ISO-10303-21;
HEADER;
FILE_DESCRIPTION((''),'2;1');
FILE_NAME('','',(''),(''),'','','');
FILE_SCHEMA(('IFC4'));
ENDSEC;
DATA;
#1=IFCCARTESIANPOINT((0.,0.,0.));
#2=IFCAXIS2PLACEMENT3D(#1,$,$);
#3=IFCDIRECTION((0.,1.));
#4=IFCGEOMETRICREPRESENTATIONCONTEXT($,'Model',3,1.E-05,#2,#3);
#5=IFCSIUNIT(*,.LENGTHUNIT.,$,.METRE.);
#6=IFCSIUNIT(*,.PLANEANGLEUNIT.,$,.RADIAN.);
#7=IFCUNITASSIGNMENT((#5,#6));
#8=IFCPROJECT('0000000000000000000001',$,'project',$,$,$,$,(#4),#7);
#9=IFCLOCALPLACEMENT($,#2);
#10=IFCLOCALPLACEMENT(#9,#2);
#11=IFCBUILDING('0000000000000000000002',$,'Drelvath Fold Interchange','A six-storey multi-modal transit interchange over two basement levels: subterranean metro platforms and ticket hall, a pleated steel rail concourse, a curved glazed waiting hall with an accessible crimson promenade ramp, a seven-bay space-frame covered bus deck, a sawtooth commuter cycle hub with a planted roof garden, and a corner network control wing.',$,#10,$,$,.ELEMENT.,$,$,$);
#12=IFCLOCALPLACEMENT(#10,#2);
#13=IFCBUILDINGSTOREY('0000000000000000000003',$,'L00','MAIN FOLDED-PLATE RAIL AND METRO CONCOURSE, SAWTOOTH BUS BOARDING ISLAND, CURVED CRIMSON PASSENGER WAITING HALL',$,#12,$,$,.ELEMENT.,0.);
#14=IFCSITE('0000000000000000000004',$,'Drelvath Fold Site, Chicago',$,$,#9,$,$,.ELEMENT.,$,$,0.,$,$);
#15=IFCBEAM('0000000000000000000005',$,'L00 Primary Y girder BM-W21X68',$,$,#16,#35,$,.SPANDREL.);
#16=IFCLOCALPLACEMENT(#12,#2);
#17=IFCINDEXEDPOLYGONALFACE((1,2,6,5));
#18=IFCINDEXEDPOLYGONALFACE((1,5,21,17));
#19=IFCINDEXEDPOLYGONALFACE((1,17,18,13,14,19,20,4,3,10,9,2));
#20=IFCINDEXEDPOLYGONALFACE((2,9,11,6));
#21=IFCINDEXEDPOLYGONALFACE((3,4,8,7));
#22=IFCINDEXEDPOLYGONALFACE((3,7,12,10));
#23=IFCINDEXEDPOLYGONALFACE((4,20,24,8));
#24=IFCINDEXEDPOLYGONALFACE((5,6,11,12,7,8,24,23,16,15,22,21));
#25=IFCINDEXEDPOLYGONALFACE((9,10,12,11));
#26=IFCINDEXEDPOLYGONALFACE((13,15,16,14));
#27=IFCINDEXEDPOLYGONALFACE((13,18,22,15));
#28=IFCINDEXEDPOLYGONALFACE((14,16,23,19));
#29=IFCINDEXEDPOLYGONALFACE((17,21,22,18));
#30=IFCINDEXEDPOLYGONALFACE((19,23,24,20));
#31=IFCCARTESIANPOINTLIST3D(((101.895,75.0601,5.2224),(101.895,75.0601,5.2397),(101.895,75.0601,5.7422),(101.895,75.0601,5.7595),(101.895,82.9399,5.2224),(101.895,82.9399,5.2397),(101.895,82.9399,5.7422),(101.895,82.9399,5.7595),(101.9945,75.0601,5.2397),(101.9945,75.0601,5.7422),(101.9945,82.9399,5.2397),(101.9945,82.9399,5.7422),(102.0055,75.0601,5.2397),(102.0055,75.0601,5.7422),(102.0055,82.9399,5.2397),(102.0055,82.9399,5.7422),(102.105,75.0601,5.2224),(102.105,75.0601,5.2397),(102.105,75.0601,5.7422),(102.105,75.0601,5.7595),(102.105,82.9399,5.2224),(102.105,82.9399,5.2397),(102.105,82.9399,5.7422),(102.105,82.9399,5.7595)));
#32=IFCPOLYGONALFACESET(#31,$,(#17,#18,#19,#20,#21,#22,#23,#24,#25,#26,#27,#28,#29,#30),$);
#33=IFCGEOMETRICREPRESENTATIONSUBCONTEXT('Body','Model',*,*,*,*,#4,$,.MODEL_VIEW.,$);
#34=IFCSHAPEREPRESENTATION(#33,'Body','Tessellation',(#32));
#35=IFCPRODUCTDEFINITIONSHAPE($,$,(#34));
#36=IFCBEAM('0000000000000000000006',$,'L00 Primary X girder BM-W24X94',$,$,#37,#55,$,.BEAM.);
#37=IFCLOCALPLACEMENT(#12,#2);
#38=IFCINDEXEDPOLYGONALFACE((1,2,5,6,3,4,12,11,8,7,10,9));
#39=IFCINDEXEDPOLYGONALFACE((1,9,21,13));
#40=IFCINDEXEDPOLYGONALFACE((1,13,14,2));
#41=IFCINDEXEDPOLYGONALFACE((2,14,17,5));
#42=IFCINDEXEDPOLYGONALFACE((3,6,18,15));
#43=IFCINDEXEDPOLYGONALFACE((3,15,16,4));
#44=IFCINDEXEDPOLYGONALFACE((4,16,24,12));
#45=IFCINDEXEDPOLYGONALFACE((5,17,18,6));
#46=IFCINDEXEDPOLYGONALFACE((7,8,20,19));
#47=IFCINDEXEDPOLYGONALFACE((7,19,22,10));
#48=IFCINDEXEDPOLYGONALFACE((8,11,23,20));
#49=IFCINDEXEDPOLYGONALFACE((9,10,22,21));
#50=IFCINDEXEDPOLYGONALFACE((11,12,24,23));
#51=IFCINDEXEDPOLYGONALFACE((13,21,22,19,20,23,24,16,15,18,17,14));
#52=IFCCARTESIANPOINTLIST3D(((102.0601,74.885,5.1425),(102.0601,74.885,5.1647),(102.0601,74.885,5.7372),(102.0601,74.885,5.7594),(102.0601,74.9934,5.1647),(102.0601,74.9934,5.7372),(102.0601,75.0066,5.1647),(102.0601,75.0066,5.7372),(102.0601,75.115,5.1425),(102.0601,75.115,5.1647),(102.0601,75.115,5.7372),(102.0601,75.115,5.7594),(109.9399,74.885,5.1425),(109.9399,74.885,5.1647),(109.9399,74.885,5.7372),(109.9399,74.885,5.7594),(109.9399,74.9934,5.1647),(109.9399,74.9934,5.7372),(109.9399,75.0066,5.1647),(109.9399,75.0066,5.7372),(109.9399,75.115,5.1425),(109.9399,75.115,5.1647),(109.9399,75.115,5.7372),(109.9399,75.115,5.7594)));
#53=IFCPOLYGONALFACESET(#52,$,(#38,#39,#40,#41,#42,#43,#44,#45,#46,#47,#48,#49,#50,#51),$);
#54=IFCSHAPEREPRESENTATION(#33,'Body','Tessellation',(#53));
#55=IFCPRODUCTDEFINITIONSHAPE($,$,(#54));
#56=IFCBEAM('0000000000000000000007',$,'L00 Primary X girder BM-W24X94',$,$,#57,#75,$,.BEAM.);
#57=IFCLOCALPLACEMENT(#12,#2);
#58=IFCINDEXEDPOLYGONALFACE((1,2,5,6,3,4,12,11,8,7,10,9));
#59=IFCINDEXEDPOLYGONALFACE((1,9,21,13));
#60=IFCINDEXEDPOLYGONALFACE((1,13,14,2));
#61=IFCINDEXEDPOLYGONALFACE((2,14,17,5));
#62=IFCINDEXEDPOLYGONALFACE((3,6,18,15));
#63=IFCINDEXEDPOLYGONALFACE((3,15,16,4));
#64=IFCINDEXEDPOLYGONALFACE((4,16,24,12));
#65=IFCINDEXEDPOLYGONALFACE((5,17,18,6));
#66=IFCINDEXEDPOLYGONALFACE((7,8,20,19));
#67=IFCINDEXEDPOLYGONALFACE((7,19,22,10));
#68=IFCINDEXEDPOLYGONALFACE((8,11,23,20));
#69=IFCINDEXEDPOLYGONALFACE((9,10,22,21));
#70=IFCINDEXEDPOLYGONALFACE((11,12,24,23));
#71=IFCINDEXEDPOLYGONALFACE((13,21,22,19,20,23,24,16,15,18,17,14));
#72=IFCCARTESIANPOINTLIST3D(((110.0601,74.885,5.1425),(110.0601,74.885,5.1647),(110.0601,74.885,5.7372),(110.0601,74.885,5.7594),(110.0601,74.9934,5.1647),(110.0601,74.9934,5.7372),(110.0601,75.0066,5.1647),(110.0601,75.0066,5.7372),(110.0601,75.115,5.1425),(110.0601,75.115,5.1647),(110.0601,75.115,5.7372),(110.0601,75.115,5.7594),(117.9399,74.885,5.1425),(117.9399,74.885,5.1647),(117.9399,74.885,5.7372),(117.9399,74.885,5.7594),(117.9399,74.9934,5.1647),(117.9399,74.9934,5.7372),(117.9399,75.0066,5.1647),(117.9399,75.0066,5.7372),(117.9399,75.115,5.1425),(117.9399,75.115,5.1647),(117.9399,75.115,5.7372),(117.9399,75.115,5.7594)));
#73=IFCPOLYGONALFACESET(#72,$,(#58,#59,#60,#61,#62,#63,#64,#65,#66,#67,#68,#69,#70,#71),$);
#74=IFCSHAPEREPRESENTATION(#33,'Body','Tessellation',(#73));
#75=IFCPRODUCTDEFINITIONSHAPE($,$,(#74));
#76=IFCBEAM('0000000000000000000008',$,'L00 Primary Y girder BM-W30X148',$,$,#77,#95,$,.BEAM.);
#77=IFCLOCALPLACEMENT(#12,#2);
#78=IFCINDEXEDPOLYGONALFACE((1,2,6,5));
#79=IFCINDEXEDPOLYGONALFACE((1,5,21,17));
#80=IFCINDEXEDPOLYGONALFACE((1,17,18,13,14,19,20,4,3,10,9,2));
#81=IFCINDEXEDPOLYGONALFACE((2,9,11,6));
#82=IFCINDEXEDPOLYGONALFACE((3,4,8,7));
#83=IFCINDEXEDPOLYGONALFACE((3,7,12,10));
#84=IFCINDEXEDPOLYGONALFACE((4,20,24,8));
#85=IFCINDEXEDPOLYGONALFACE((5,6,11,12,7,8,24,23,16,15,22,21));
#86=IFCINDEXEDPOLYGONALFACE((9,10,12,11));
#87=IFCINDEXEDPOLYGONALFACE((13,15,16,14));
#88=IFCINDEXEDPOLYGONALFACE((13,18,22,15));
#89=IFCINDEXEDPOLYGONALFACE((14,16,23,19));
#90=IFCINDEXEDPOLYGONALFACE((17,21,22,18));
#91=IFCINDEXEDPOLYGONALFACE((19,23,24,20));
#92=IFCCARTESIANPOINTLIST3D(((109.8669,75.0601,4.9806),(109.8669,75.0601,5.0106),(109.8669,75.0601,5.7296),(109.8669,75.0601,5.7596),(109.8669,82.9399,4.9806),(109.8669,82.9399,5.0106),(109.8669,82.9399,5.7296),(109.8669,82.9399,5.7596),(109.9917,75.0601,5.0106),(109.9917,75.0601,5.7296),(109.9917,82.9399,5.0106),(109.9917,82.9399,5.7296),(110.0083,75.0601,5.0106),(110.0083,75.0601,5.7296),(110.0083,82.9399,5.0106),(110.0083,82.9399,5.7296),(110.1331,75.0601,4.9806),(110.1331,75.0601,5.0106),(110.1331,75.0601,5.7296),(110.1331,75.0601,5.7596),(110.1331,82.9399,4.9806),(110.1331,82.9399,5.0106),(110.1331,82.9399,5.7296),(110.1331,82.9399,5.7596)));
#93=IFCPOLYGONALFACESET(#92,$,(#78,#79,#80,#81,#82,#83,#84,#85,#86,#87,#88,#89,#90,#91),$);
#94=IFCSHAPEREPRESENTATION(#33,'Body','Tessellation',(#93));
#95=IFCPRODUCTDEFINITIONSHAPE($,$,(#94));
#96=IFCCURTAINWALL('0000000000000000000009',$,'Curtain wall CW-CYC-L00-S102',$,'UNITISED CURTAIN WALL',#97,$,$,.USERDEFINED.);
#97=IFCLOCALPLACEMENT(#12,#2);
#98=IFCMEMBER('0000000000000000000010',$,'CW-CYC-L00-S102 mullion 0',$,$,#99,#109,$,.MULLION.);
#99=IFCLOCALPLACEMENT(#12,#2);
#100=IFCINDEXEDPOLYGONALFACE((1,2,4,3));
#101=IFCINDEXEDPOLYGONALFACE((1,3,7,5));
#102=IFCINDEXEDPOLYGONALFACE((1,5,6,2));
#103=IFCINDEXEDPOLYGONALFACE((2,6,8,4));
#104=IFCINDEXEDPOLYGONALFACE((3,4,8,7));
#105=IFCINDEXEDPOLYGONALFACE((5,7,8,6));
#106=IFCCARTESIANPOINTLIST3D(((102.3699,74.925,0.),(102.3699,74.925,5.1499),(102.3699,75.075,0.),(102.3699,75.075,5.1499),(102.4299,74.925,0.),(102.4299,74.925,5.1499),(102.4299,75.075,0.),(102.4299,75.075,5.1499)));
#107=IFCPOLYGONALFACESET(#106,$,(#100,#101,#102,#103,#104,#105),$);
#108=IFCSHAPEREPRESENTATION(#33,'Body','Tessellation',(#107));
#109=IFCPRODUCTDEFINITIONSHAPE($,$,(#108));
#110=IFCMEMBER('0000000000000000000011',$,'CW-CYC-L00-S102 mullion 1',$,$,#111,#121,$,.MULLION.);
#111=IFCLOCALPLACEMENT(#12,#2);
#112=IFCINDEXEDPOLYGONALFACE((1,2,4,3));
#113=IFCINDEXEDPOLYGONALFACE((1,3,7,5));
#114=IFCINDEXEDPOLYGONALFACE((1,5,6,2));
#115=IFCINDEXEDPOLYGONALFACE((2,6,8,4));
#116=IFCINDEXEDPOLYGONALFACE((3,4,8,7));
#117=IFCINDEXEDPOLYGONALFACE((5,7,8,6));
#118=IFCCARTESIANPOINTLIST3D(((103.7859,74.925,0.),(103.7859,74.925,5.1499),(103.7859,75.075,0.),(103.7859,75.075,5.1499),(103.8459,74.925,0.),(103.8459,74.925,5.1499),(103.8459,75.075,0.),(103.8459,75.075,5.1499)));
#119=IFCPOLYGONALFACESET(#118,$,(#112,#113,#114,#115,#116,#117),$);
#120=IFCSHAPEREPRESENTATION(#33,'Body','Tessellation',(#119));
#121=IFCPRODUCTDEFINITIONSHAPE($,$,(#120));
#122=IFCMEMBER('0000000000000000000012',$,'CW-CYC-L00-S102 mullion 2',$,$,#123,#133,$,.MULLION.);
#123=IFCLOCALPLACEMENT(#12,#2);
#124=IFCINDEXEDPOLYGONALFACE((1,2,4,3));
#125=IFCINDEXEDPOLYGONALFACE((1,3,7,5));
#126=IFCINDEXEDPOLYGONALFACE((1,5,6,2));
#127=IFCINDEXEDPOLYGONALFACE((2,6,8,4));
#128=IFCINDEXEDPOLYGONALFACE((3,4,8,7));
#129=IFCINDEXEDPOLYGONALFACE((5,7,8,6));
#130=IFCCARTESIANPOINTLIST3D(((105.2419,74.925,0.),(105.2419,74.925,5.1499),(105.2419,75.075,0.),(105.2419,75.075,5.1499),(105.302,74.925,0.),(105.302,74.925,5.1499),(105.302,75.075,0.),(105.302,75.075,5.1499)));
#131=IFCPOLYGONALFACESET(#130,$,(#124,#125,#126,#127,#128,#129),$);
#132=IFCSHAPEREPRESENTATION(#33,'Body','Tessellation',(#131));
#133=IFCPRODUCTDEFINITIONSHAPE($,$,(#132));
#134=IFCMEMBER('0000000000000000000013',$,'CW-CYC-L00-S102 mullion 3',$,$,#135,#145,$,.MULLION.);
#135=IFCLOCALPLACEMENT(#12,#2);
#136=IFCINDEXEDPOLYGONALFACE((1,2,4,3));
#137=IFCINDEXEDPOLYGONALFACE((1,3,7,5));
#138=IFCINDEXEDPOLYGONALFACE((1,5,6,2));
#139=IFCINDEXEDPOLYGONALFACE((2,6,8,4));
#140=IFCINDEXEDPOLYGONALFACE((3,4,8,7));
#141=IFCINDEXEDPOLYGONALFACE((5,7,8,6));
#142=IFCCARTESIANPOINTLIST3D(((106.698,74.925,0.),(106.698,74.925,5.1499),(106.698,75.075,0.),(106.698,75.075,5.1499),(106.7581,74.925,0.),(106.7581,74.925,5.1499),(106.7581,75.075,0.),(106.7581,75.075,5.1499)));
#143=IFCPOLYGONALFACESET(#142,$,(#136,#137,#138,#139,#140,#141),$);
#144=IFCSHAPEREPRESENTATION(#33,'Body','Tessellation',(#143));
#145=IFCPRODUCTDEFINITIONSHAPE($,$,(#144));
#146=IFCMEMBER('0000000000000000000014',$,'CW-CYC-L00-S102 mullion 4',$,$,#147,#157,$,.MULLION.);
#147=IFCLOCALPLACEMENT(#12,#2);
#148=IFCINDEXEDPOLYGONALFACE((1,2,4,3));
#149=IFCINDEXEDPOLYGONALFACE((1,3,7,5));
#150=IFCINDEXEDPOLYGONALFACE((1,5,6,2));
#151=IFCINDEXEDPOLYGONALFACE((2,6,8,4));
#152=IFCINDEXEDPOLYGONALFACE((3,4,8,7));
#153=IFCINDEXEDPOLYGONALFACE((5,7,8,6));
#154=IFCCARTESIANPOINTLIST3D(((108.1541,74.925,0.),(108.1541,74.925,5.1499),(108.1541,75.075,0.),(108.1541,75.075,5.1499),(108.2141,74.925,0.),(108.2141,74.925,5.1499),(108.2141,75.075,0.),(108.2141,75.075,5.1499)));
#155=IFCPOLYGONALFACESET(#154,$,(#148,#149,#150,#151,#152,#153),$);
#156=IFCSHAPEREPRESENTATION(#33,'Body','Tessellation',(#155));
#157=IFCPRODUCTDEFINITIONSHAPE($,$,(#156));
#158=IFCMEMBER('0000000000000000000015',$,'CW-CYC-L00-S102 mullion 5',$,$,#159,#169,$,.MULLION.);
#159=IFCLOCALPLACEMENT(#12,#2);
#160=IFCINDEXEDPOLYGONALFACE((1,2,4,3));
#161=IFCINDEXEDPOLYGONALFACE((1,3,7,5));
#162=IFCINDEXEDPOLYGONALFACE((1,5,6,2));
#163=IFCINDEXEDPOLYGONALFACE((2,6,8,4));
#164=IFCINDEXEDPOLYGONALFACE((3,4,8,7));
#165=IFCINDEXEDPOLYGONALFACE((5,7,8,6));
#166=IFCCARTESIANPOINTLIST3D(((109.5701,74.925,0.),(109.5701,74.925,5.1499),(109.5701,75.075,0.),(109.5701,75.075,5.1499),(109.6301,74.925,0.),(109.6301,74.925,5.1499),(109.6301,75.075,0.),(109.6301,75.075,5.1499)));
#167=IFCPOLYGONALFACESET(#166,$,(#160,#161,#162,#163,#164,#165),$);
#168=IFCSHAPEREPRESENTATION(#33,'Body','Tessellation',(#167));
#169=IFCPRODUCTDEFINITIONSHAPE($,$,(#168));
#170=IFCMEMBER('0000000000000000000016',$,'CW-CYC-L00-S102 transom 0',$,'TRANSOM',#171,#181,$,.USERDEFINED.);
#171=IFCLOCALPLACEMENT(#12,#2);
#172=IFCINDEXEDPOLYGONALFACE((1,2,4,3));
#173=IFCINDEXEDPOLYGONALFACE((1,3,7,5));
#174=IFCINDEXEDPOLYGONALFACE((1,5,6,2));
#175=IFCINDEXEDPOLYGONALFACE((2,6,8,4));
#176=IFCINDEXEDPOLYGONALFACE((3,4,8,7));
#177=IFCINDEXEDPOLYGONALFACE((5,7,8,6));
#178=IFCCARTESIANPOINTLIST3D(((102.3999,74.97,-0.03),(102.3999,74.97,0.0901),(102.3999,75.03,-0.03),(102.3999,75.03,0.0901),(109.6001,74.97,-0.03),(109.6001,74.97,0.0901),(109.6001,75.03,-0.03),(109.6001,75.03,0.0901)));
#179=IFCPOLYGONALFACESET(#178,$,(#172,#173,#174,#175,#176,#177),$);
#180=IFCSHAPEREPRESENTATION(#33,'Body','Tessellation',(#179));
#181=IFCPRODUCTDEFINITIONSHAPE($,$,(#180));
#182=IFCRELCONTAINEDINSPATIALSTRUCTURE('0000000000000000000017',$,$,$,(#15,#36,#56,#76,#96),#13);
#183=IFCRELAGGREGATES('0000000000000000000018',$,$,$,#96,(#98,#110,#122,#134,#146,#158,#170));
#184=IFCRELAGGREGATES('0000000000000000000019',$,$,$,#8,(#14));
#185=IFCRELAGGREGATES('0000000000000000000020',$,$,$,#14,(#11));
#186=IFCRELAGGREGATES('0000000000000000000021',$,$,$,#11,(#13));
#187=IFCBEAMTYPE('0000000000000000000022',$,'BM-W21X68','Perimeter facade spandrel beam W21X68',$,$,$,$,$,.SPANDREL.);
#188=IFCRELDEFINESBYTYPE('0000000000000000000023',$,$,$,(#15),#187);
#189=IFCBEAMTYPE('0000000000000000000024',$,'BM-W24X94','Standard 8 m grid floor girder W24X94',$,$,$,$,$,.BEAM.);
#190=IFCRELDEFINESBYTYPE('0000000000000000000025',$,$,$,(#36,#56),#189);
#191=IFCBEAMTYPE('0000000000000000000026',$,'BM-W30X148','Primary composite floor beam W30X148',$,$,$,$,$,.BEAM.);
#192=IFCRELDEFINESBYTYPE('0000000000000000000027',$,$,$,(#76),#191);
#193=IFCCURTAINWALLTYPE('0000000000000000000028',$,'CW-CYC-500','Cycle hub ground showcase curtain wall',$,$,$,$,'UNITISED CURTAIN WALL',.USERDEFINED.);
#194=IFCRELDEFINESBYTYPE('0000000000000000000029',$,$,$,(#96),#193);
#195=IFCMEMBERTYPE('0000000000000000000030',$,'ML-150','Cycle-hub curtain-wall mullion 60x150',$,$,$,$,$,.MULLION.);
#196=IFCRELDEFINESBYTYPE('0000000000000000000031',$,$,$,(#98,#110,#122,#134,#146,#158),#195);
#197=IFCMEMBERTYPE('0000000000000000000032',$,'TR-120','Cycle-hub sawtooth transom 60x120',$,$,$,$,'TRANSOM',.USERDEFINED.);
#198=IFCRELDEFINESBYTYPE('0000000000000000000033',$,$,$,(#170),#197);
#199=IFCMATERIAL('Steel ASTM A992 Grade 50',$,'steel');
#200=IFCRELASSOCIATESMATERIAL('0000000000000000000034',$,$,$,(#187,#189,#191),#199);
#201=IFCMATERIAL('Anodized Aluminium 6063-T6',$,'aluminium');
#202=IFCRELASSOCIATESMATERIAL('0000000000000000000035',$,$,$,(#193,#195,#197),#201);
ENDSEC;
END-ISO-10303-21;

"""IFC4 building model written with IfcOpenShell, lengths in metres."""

from ifc_helpers import new_model, si_unit, direction, frame, origin, origin_2d, place, context, subcontext, project, spatial, rectangle, i_section, extrude, material, material_profile, profile_set, type_object, element, aggregate, save


model = new_model("IFC4")

# Units and contexts
model_context = context("Model", 3, precision=1e-05, world=origin(), true_north=direction((0.0, 1.0)))
body_context = subcontext(model_context, "Body", "Model", "MODEL_VIEW")
ifc_project = project(units=[si_unit("LENGTHUNIT", "METRE"), si_unit("PLANEANGLEUNIT", "RADIAN")], contexts=[model_context])

# Site, building, storey
site_placement = place(None, origin())
site = spatial("IfcSite", under=ifc_project, at=site_placement, Name="Drelvath Fold Site, Chicago", CompositionType="ELEMENT", RefElevation=0.0)
building_placement = place(site_placement, origin())
building = spatial("IfcBuilding", under=site, at=building_placement, Name="Drelvath Fold Interchange", Description="A six-storey multi-modal transit interchange over two basement levels: subterranean metro platforms and ticket hall, a pleated steel rail concourse, a curved glazed waiting hall with an accessible crimson promenade ramp, a seven-bay space-frame covered bus deck, a sawtooth commuter cycle hub with a planted roof garden, and a corner network control wing.", CompositionType="ELEMENT")
storey_placement = place(building_placement, origin())
storey = spatial("IfcBuildingStorey", under=building, at=storey_placement, Name="L00", Description="MAIN FOLDED-PLATE RAIL AND METRO CONCOURSE, SAWTOOTH BUS BOARDING ISLAND, CURVED CRIMSON PASSENGER WAITING HALL", CompositionType="ELEMENT", Elevation=0.0)

# Beams
ifc_material_1 = material(Name="Steel ASTM A992 Grade 50", Category="steel")
ifc_material_profile_1 = material_profile(ifc_material_1, i_section(OverallWidth=0.21, OverallDepth=0.5371, WebThickness=0.011, FlangeThickness=0.0173, at=origin_2d()), Name="W21X68")
ifc_profile_set_1 = profile_set([ifc_material_profile_1], Name="Steel ASTM A992 Grade 50")
beam_type_1 = type_object("IfcBeamType", Name="BM-W21X68", Description="Perimeter facade spandrel beam W21X68", PredefinedType="SPANDREL", material=ifc_profile_set_1)
beam_1_placement = place(storey_placement, frame((102.0, 75.0601, 5.491), z_axis=(0.0, 1.0, 0.0), x_axis=(-1.0, 0.0, 0.0)))
element("IfcBeam", 1, at=beam_1_placement, inside=storey, type_object=beam_type_1, Name="L00 Primary Y girder BM-W21X68", PredefinedType="SPANDREL", context=body_context, shape_type="SweptSolid", body=[
    extrude(i_section(OverallWidth=0.21, OverallDepth=0.5371, WebThickness=0.011, FlangeThickness=0.0173, at=origin_2d()), origin(), (0.0, 0.0, 1.0), 7.8799),
])
ifc_material_profile_2 = material_profile(ifc_material_1, i_section(OverallWidth=0.23, OverallDepth=0.6169, WebThickness=0.0132, FlangeThickness=0.0222, at=origin_2d()), Name="W24X94")
ifc_profile_set_2 = profile_set([ifc_material_profile_2], Name="Steel ASTM A992 Grade 50")
beam_type_2 = type_object("IfcBeamType", Name="BM-W24X94", Description="Standard 8 m grid floor girder W24X94", PredefinedType="BEAM", material=ifc_profile_set_2)
for number, where, z_axis, x_axis, name in (
    (2, (102.0601, 75.0, 5.4509), (1.0, 0.0, 0.0), (0.0, 1.0, 0.0), "L00 Primary X girder BM-W24X94"),
    (3, (110.0601, 75.0, 5.4509), (1.0, 0.0, 0.0), (0.0, 1.0, 0.0), "L00 Primary X girder BM-W24X94"),
):
    element("IfcBeam", number, at=place(storey_placement, frame(where, z_axis=z_axis, x_axis=x_axis)), inside=storey, type_object=beam_type_2, Name=name, PredefinedType="BEAM", context=body_context, shape_type="SweptSolid", body=[
        extrude(i_section(OverallWidth=0.23, OverallDepth=0.6169, WebThickness=0.0132, FlangeThickness=0.0222, at=origin_2d()), origin(), (0.0, 0.0, 1.0), 7.8799),
    ])
ifc_material_profile_3 = material_profile(ifc_material_1, i_section(OverallWidth=0.2661, OverallDepth=0.7791, WebThickness=0.0166, FlangeThickness=0.03, at=origin_2d()), Name="W30X148")
ifc_profile_set_3 = profile_set([ifc_material_profile_3], Name="Steel ASTM A992 Grade 50")
beam_type_3 = type_object("IfcBeamType", Name="BM-W30X148", Description="Primary composite floor beam W30X148", PredefinedType="BEAM", material=ifc_profile_set_3)
beam_2_placement = place(storey_placement, frame((110.0, 75.0601, 5.3701), z_axis=(0.0, 1.0, 0.0), x_axis=(-1.0, 0.0, 0.0)))
element("IfcBeam", 4, at=beam_2_placement, inside=storey, type_object=beam_type_3, Name="L00 Primary Y girder BM-W30X148", PredefinedType="BEAM", context=body_context, shape_type="SweptSolid", body=[
    extrude(i_section(OverallWidth=0.2661, OverallDepth=0.7791, WebThickness=0.0166, FlangeThickness=0.03, at=origin_2d()), origin(), (0.0, 0.0, 1.0), 7.8799),
])

# Curtain wall, members
ifc_material_2 = material(Name="Anodized Aluminium 6063-T6", Category="aluminium")
curtain_wall_type = type_object("IfcCurtainWallType", Name="CW-CYC-500", Description="Cycle hub ground showcase curtain wall", ElementType="UNITISED CURTAIN WALL", PredefinedType="USERDEFINED", material=ifc_material_2)
curtain_wall_placement = place(storey_placement, origin())
curtain_wall = element("IfcCurtainWall", 5, at=curtain_wall_placement, inside=storey, type_object=curtain_wall_type, Name="Curtain wall CW-CYC-L00-S102", ObjectType="UNITISED CURTAIN WALL", PredefinedType="USERDEFINED")
ifc_material_profile_4 = material_profile(ifc_material_2, rectangle(XDim=0.0601, YDim=0.1499, at=origin_2d()), Name="AL-M 60x150")
ifc_profile_set_4 = profile_set([ifc_material_profile_4], Name="Anodized Aluminium 6063-T6")
member_type_1 = type_object("IfcMemberType", Name="ML-150", Description="Cycle-hub curtain-wall mullion 60x150", PredefinedType="MULLION", material=ifc_profile_set_4)
member_1_placement = place(storey_placement, frame((102.3999, 75.0, 0.0), z_axis=(0.0, 0.0, 1.0), x_axis=(1.0, 0.0, 0.0)))
member_1 = element("IfcMember", 6, at=member_1_placement, type_object=member_type_1, Name="CW-CYC-L00-S102 mullion 0", PredefinedType="MULLION", context=body_context, shape_type="SweptSolid", body=[
    extrude(rectangle(XDim=0.0601, YDim=0.1499, at=origin_2d()), origin(), (0.0, 0.0, 1.0), 5.1499),
])
member_2_placement = place(storey_placement, frame((103.8159, 75.0, 0.0), z_axis=(0.0, 0.0, 1.0), x_axis=(1.0, 0.0, 0.0)))
member_2 = element("IfcMember", 7, at=member_2_placement, type_object=member_type_1, Name="CW-CYC-L00-S102 mullion 1", PredefinedType="MULLION", context=body_context, shape_type="SweptSolid", body=[
    extrude(rectangle(XDim=0.0601, YDim=0.1499, at=origin_2d()), origin(), (0.0, 0.0, 1.0), 5.1499),
])
member_3_placement = place(storey_placement, frame((105.272, 75.0, 0.0), z_axis=(0.0, 0.0, 1.0), x_axis=(1.0, 0.0, 0.0)))
member_3 = element("IfcMember", 8, at=member_3_placement, type_object=member_type_1, Name="CW-CYC-L00-S102 mullion 2", PredefinedType="MULLION", context=body_context, shape_type="SweptSolid", body=[
    extrude(rectangle(XDim=0.0601, YDim=0.1499, at=origin_2d()), origin(), (0.0, 0.0, 1.0), 5.1499),
])
member_4_placement = place(storey_placement, frame((106.728, 75.0, 0.0), z_axis=(0.0, 0.0, 1.0), x_axis=(1.0, 0.0, 0.0)))
member_4 = element("IfcMember", 9, at=member_4_placement, type_object=member_type_1, Name="CW-CYC-L00-S102 mullion 3", PredefinedType="MULLION", context=body_context, shape_type="SweptSolid", body=[
    extrude(rectangle(XDim=0.0601, YDim=0.1499, at=origin_2d()), origin(), (0.0, 0.0, 1.0), 5.1499),
])
member_5_placement = place(storey_placement, frame((108.1841, 75.0, 0.0), z_axis=(0.0, 0.0, 1.0), x_axis=(1.0, 0.0, 0.0)))
member_5 = element("IfcMember", 10, at=member_5_placement, type_object=member_type_1, Name="CW-CYC-L00-S102 mullion 4", PredefinedType="MULLION", context=body_context, shape_type="SweptSolid", body=[
    extrude(rectangle(XDim=0.0601, YDim=0.1499, at=origin_2d()), origin(), (0.0, 0.0, 1.0), 5.1499),
])
member_6_placement = place(storey_placement, frame((109.6001, 75.0, 0.0), z_axis=(0.0, 0.0, 1.0), x_axis=(1.0, 0.0, 0.0)))
member_6 = element("IfcMember", 11, at=member_6_placement, type_object=member_type_1, Name="CW-CYC-L00-S102 mullion 5", PredefinedType="MULLION", context=body_context, shape_type="SweptSolid", body=[
    extrude(rectangle(XDim=0.0601, YDim=0.1499, at=origin_2d()), origin(), (0.0, 0.0, 1.0), 5.1499),
])
ifc_material_profile_5 = material_profile(ifc_material_2, rectangle(XDim=0.0601, YDim=0.1201, at=origin_2d()), Name="AL-T 60x120")
ifc_profile_set_5 = profile_set([ifc_material_profile_5], Name="Anodized Aluminium 6063-T6")
member_type_2 = type_object("IfcMemberType", Name="TR-120", Description="Cycle-hub sawtooth transom 60x120", ElementType="TRANSOM", PredefinedType="USERDEFINED", material=ifc_profile_set_5)
member_7_placement = place(storey_placement, frame((102.3999, 75.0, 0.03), z_axis=(1.0, 0.0, 0.0), x_axis=(0.0, 1.0, 0.0)))
member_7 = element("IfcMember", 12, at=member_7_placement, type_object=member_type_2, Name="CW-CYC-L00-S102 transom 0", ObjectType="TRANSOM", PredefinedType="USERDEFINED", context=body_context, shape_type="SweptSolid", body=[
    extrude(rectangle(XDim=0.0601, YDim=0.1201, at=origin_2d()), origin(), (0.0, 0.0, 1.0), 7.2002),
])
aggregate(curtain_wall, [member_1, member_2, member_3, member_4, member_5, member_6, member_7])

save(model, "model.ifc")
